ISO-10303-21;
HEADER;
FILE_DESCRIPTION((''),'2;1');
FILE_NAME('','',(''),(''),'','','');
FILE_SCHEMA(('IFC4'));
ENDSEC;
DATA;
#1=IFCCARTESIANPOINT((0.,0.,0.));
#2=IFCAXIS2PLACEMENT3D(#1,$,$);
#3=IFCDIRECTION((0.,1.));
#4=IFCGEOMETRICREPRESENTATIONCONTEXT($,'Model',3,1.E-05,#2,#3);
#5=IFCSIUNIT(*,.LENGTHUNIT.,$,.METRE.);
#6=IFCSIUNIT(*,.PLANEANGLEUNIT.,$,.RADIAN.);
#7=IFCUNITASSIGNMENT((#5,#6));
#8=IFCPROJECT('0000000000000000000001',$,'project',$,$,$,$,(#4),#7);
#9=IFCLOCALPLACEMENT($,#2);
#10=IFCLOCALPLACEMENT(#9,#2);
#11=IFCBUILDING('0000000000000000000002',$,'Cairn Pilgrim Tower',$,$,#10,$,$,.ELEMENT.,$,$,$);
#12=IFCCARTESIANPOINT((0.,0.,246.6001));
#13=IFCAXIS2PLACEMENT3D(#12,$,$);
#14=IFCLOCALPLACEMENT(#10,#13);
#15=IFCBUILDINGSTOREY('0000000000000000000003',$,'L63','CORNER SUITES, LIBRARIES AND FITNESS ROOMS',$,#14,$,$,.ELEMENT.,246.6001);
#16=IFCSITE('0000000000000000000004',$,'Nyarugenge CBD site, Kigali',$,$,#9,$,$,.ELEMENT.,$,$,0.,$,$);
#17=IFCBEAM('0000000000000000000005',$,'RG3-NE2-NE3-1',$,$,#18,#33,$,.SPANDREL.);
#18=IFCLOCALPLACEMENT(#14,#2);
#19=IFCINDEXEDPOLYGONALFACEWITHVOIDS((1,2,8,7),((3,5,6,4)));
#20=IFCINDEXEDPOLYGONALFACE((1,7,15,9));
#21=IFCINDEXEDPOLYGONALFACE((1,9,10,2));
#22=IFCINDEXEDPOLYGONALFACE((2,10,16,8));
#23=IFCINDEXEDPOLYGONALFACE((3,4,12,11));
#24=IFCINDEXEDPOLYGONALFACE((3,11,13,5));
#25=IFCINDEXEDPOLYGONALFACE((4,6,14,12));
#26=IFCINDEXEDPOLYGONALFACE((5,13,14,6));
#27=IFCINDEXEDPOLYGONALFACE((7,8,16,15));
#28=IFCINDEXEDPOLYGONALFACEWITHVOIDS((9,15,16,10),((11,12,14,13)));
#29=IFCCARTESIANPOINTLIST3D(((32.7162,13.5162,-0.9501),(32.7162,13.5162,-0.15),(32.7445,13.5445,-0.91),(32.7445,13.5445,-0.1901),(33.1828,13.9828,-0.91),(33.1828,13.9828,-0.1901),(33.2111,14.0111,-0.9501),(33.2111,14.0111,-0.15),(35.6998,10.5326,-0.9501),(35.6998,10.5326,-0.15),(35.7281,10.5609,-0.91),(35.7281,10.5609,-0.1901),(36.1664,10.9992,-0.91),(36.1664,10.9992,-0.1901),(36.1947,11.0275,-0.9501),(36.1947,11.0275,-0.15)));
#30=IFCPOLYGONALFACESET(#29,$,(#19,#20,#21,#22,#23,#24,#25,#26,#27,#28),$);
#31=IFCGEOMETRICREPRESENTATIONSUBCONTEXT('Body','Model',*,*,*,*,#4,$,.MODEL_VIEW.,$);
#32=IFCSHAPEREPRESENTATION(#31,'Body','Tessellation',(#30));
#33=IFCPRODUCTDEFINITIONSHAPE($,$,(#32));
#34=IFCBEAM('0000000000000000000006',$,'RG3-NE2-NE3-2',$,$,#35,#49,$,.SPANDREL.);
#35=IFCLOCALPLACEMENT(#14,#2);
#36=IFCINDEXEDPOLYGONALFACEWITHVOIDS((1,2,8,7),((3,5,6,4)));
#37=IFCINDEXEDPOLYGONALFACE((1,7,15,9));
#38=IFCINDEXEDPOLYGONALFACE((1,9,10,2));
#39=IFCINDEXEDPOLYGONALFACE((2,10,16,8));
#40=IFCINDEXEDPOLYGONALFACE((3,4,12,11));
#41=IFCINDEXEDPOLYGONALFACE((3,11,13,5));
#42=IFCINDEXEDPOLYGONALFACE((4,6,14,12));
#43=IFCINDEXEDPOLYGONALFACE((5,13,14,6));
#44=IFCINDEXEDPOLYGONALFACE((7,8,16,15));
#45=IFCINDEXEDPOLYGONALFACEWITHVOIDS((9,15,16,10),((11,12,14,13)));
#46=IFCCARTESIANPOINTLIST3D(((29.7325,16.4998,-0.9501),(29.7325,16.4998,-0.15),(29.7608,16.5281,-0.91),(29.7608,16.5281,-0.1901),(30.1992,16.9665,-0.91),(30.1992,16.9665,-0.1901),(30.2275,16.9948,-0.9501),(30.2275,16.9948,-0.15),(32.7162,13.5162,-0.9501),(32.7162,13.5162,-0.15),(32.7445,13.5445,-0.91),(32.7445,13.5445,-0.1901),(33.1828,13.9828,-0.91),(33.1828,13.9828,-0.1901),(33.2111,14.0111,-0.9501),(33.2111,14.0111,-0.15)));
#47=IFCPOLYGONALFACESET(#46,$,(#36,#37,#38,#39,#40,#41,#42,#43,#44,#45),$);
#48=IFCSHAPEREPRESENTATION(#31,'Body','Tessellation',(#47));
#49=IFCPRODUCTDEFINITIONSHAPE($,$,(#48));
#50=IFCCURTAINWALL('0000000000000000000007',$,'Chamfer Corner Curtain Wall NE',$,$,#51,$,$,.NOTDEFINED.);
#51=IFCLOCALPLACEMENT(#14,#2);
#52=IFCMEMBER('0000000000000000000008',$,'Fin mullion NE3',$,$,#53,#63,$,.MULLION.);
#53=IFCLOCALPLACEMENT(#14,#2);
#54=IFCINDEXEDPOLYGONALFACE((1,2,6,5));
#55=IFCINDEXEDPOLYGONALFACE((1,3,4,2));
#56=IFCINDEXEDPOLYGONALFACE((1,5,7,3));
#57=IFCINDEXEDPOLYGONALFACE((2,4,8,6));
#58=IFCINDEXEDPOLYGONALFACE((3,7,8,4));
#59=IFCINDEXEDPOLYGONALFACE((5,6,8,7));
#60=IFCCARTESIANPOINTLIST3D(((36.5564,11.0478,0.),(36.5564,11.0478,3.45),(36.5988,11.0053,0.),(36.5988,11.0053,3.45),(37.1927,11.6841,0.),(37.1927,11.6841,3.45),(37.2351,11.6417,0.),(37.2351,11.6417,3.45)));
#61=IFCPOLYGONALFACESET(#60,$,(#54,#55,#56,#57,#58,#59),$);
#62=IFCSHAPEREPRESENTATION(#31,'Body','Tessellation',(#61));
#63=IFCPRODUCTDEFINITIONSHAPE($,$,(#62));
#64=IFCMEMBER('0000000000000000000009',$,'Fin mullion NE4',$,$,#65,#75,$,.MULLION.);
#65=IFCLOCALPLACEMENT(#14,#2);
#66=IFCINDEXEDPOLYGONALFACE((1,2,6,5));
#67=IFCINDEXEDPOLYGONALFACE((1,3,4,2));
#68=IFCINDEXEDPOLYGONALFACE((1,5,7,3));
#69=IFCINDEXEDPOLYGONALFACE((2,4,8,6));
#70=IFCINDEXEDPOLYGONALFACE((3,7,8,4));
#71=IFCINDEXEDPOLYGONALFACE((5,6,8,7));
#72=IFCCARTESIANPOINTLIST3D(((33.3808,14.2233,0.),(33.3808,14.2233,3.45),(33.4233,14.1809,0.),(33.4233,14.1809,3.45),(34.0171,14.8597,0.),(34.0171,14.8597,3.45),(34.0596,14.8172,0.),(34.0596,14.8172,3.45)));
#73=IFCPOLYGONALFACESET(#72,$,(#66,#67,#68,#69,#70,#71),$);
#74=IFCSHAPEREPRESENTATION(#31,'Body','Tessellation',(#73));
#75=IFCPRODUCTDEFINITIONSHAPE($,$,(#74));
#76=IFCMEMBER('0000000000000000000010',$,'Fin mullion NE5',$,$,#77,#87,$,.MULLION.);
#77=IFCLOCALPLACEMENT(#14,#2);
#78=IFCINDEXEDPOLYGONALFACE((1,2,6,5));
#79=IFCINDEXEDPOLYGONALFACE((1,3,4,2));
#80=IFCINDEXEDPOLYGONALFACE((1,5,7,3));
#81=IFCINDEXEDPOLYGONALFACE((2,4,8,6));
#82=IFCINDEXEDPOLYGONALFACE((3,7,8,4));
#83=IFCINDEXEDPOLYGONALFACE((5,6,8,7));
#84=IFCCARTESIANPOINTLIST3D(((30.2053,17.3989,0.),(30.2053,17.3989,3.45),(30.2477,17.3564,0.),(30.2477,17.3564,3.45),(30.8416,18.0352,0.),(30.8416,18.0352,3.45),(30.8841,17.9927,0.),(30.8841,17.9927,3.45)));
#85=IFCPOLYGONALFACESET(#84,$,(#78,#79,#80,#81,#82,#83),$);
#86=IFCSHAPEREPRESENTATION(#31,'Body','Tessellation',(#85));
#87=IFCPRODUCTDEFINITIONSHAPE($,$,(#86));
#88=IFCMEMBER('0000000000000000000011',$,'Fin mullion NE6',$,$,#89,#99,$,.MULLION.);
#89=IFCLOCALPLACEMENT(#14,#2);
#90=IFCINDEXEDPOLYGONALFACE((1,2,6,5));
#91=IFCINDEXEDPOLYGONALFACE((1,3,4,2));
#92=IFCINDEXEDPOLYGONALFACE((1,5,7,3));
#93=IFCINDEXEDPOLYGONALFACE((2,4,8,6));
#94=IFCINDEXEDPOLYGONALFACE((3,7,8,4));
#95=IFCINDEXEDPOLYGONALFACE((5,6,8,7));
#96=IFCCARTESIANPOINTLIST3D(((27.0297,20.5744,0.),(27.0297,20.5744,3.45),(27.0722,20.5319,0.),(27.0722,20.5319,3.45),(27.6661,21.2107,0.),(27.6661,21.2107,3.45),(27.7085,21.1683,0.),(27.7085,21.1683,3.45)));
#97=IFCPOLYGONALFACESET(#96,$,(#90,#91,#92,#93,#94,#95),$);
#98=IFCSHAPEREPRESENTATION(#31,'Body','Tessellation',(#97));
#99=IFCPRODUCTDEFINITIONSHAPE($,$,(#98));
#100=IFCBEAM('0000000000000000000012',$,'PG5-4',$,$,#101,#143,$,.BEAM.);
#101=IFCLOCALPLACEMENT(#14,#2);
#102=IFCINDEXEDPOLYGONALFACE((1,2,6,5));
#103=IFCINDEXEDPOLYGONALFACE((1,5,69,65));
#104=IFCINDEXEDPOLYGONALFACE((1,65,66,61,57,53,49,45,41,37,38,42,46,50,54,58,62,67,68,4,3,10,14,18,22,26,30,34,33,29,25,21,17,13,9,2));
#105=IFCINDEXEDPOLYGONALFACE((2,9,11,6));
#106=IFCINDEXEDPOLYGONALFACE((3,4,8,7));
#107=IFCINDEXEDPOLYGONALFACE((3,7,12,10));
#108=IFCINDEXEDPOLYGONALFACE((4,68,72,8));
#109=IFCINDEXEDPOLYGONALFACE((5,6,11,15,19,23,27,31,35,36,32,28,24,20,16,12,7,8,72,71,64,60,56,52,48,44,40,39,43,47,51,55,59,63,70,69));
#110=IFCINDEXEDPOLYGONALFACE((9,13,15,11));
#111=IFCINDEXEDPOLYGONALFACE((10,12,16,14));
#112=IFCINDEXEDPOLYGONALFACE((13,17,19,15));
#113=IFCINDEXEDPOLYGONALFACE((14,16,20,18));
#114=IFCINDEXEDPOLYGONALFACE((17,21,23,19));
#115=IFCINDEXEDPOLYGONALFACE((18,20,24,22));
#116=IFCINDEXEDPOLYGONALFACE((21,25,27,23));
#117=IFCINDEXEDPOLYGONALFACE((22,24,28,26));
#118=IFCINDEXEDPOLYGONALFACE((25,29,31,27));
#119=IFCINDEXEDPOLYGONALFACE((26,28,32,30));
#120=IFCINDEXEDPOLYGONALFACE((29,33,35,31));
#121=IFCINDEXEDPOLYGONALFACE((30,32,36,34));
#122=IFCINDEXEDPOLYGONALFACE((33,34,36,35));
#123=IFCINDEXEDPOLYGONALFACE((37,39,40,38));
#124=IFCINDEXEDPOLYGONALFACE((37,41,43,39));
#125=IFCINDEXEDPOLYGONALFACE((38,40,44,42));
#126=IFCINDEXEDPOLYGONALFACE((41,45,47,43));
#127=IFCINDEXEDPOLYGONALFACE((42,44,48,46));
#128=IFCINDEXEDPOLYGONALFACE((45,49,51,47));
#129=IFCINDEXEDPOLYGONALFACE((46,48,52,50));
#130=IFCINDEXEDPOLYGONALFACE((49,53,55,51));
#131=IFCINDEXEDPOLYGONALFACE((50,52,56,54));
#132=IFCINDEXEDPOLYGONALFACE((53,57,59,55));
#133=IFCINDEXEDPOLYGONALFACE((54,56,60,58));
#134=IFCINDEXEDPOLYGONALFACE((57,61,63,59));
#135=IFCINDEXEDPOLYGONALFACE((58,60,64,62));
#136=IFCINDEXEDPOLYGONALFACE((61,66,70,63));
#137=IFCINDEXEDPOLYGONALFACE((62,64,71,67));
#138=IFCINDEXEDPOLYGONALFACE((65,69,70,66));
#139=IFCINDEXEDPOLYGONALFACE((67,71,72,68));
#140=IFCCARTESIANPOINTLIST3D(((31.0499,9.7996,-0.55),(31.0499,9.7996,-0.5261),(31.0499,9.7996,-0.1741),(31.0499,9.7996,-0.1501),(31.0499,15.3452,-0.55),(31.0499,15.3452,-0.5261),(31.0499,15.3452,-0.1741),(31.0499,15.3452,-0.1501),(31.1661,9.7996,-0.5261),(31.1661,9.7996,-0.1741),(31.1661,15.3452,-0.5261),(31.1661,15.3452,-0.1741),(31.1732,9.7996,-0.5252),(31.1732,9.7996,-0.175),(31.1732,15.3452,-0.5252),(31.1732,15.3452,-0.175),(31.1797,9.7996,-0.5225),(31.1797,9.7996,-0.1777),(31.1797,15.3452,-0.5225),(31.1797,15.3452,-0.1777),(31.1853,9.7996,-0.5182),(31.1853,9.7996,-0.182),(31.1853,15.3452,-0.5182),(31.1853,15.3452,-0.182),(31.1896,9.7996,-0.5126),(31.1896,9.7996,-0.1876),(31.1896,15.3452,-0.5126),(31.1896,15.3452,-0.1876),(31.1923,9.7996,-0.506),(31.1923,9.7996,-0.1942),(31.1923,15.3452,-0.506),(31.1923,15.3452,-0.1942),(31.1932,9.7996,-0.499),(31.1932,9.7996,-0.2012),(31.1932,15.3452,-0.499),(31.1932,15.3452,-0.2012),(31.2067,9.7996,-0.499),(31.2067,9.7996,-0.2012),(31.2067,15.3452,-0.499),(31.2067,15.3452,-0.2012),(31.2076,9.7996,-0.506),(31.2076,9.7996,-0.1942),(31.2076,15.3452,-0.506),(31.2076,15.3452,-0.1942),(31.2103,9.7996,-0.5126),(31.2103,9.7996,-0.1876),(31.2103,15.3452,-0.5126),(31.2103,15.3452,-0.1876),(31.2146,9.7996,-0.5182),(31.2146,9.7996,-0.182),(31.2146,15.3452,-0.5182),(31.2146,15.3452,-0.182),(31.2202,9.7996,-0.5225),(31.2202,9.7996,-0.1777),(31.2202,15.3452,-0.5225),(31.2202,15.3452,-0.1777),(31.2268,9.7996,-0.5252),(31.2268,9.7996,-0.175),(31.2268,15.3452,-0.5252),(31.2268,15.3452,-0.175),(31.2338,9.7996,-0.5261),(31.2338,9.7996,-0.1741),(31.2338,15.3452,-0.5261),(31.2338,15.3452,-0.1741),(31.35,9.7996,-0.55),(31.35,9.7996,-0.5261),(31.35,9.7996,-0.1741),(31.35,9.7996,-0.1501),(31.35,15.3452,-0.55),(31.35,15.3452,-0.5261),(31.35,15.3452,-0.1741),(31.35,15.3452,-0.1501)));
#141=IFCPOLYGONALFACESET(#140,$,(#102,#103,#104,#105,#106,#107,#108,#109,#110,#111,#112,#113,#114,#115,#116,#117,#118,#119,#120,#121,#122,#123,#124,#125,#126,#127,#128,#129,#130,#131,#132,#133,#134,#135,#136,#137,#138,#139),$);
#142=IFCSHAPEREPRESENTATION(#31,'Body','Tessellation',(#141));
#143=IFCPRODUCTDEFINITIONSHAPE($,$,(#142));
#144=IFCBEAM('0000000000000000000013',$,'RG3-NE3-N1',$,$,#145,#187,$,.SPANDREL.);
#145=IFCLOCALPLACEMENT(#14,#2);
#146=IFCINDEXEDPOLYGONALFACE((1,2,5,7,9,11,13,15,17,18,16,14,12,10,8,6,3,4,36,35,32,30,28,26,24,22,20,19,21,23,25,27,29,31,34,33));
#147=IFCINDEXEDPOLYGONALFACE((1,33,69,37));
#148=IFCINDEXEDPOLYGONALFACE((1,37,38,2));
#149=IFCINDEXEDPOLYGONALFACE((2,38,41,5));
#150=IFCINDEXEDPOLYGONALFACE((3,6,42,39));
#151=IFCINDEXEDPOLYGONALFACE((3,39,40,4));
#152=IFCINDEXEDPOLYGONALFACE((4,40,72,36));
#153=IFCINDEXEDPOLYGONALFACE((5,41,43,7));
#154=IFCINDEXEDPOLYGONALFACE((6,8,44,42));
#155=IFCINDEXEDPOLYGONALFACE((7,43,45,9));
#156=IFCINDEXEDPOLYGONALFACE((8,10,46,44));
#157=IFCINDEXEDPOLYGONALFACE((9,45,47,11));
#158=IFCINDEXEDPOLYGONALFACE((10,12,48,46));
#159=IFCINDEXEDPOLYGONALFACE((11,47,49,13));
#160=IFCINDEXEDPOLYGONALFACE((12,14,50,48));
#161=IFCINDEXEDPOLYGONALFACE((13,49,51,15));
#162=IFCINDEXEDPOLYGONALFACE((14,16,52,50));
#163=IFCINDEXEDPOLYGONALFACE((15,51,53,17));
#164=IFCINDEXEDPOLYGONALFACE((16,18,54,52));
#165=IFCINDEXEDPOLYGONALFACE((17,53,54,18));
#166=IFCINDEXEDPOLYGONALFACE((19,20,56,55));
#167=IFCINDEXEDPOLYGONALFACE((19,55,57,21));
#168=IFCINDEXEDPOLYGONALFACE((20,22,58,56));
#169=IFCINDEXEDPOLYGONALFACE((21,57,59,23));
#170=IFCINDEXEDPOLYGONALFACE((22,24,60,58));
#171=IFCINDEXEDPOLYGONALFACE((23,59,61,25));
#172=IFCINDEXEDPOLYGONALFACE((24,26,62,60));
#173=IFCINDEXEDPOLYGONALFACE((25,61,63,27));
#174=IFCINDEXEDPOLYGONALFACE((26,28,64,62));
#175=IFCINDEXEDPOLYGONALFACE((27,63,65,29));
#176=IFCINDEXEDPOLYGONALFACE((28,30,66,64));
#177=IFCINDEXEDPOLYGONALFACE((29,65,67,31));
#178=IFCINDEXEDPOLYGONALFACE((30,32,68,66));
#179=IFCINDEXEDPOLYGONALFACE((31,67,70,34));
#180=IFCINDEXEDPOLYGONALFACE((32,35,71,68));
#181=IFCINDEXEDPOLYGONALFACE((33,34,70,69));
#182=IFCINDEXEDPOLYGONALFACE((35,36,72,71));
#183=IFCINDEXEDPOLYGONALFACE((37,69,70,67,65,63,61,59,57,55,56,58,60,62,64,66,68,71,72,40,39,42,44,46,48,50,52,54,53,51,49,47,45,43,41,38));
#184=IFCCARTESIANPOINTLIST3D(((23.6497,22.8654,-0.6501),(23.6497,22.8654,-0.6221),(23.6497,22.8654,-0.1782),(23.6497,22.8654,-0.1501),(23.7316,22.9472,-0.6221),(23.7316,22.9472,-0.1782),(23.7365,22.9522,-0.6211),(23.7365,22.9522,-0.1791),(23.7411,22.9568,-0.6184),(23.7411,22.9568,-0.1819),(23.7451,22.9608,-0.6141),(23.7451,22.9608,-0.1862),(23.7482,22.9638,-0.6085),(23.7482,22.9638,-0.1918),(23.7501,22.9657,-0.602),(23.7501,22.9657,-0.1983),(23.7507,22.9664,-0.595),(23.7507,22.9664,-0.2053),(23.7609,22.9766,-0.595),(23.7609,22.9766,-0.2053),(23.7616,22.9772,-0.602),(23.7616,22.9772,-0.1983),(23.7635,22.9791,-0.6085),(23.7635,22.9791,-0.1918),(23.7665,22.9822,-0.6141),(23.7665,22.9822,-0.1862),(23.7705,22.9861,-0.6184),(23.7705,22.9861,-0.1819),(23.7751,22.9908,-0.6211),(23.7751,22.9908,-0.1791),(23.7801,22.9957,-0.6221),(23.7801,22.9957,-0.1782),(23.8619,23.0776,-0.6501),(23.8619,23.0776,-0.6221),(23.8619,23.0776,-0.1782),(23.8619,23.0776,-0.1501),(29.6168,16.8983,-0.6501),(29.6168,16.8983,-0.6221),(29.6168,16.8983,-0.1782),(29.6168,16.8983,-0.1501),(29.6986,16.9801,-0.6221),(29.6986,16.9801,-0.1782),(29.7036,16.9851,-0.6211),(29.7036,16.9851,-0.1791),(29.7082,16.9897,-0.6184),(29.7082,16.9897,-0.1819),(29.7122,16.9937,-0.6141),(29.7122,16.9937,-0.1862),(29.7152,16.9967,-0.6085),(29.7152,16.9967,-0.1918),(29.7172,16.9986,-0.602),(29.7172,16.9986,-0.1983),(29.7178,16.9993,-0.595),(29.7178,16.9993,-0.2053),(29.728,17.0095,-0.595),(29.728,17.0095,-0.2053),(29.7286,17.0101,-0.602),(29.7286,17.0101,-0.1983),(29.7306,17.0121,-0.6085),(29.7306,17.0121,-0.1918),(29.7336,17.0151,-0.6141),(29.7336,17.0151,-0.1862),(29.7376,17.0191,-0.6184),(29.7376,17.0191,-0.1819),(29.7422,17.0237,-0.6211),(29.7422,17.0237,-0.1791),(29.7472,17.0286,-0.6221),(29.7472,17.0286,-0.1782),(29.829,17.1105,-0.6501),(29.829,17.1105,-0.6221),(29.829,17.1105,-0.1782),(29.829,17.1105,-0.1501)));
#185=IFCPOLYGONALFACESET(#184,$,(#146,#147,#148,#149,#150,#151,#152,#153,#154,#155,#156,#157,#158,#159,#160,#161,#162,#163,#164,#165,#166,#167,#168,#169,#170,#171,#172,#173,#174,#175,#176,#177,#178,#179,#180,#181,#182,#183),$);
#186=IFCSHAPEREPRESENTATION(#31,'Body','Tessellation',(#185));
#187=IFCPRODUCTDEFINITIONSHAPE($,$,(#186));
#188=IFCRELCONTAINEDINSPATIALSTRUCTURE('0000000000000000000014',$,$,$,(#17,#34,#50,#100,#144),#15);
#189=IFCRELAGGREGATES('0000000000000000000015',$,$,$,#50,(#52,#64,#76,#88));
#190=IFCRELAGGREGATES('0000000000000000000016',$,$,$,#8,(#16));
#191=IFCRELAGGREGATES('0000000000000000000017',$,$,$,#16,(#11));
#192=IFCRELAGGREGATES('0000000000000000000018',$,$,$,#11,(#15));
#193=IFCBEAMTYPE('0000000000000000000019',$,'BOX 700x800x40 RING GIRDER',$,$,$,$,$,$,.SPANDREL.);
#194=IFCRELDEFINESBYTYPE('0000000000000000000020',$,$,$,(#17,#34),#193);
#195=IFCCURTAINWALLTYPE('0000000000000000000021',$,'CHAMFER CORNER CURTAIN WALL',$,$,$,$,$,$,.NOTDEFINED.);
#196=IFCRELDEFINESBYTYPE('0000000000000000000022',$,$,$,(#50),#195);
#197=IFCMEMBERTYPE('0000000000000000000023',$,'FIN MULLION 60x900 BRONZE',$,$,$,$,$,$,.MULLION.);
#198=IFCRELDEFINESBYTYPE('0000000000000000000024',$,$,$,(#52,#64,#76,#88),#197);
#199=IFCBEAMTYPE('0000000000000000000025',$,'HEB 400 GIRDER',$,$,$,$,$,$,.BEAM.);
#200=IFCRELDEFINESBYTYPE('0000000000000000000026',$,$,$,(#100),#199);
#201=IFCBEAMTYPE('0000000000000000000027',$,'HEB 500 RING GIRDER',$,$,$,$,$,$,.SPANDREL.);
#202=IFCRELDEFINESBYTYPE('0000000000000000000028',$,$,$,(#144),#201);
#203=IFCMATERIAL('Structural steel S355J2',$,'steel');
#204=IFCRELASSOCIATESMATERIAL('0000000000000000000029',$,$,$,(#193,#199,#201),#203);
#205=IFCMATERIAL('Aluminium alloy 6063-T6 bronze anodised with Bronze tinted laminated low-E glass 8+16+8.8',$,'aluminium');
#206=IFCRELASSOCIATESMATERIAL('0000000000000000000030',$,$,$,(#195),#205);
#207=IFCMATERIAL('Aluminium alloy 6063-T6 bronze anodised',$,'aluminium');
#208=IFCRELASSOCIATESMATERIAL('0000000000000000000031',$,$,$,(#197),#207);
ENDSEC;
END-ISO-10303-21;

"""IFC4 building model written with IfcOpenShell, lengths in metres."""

from ifc_helpers import new_model, si_unit, direction, frame, origin, origin_2d, place, context, subcontext, project, spatial, rectangle, hollow_rectangle, i_section, extrude, material, material_profile, profile_set, type_object, element, aggregate, save


model = new_model("IFC4")

# Units and contexts
model_context = context("Model", 3, precision=1e-05, world=origin(), true_north=direction((0.0, 1.0)))
body_context = subcontext(model_context, "Body", "Model", "MODEL_VIEW")
ifc_project = project(units=[si_unit("LENGTHUNIT", "METRE"), si_unit("PLANEANGLEUNIT", "RADIAN")], contexts=[model_context])

# Site, building, storey
site_placement = place(None, origin())
site = spatial("IfcSite", under=ifc_project, at=site_placement, Name="Nyarugenge CBD site, Kigali", CompositionType="ELEMENT", RefElevation=0.0)
building_placement = place(site_placement, origin())
building = spatial("IfcBuilding", under=site, at=building_placement, Name="Cairn Pilgrim Tower", CompositionType="ELEMENT")
storey_placement = place(building_placement, frame((0.0, 0.0, 246.6001)))
storey = spatial("IfcBuildingStorey", under=building, at=storey_placement, Name="L63", Description="CORNER SUITES, LIBRARIES AND FITNESS ROOMS", CompositionType="ELEMENT", Elevation=246.6001)

# Shared definitions
ifc_material_1 = material(Name="Structural steel S355J2", Category="steel")

# Beams
ifc_material_profile_1 = material_profile(ifc_material_1, hollow_rectangle(XDim=0.7, YDim=0.8, WallThickness=0.04, at=origin_2d()), Name="BOX 700x800x40")
ifc_profile_set_1 = profile_set([ifc_material_profile_1], Name="Structural steel S355J2")
beam_type_1 = type_object("IfcBeamType", Name="BOX 700x800x40 RING GIRDER", PredefinedType="SPANDREL", material=ifc_profile_set_1)
for number, where, z_axis, x_axis, name in (
    (1, (35.9473, 10.78, -0.55), (-0.707107, 0.707107, 0.0), (-0.707107, -0.707107, 0.0), "RG3-NE2-NE3-1"),
    (2, (32.9636, 13.7637, -0.55), (-0.707107, 0.707107, 0.0), (-0.707107, -0.707107, 0.0), "RG3-NE2-NE3-2"),
):
    element("IfcBeam", number, at=place(storey_placement, frame(where, z_axis=z_axis, x_axis=x_axis)), inside=storey, type_object=beam_type_1, Name=name, PredefinedType="SPANDREL", context=body_context, shape_type="SweptSolid", body=[
        extrude(hollow_rectangle(XDim=0.7, YDim=0.8, WallThickness=0.04, at=origin_2d()), origin(), (0.0, 0.0, 1.0), 4.2195),
    ])

# Curtain wall, members
ifc_material_2 = material(Name="Aluminium alloy 6063-T6 bronze anodised with Bronze tinted laminated low-E glass 8+16+8.8", Category="aluminium")
curtain_wall_type = type_object("IfcCurtainWallType", Name="CHAMFER CORNER CURTAIN WALL", PredefinedType="NOTDEFINED", material=ifc_material_2)
curtain_wall_placement = place(storey_placement, origin())
curtain_wall = element("IfcCurtainWall", 3, at=curtain_wall_placement, inside=storey, type_object=curtain_wall_type, Name="Chamfer Corner Curtain Wall NE", PredefinedType="NOTDEFINED")
ifc_material_3 = material(Name="Aluminium alloy 6063-T6 bronze anodised", Category="aluminium")
ifc_material_profile_2 = material_profile(ifc_material_3, rectangle(XDim=0.8999, YDim=0.0601, at=origin_2d()), Name="FIN MULLION 60x900 BRONZE")
ifc_profile_set_2 = profile_set([ifc_material_profile_2], Name="Aluminium alloy 6063-T6 bronze anodised")
member_type_1 = type_object("IfcMemberType", Name="FIN MULLION 60x900 BRONZE", PredefinedType="MULLION", material=ifc_profile_set_2)
member_1_placement = place(storey_placement, frame((36.8958, 11.3447, 0.0), z_axis=(0.0, 0.0, 1.0), x_axis=(0.707107, 0.707107, 0.0)))
member_1 = element("IfcMember", 4, at=member_1_placement, type_object=member_type_1, Name="Fin mullion NE3", PredefinedType="MULLION", context=body_context, shape_type="SweptSolid", body=[
    extrude(rectangle(XDim=0.8999, YDim=0.0601, at=origin_2d()), origin(), (0.0, 0.0, 1.0), 3.45),
])
member_2_placement = place(storey_placement, frame((33.7202, 14.5203, 0.0), z_axis=(0.0, 0.0, 1.0), x_axis=(0.707107, 0.707107, 0.0)))
member_2 = element("IfcMember", 5, at=member_2_placement, type_object=member_type_1, Name="Fin mullion NE4", PredefinedType="MULLION", context=body_context, shape_type="SweptSolid", body=[
    extrude(rectangle(XDim=0.8999, YDim=0.0601, at=origin_2d()), origin(), (0.0, 0.0, 1.0), 3.45),
])
member_3_placement = place(storey_placement, frame((30.5447, 17.6958, 0.0), z_axis=(0.0, 0.0, 1.0), x_axis=(0.707107, 0.707107, 0.0)))
member_3 = element("IfcMember", 6, at=member_3_placement, type_object=member_type_1, Name="Fin mullion NE5", PredefinedType="MULLION", context=body_context, shape_type="SweptSolid", body=[
    extrude(rectangle(XDim=0.8999, YDim=0.0601, at=origin_2d()), origin(), (0.0, 0.0, 1.0), 3.45),
])
member_4_placement = place(storey_placement, frame((27.3691, 20.8713, 0.0), z_axis=(0.0, 0.0, 1.0), x_axis=(0.707107, 0.707107, 0.0)))
member_4 = element("IfcMember", 7, at=member_4_placement, type_object=member_type_1, Name="Fin mullion NE6", PredefinedType="MULLION", context=body_context, shape_type="SweptSolid", body=[
    extrude(rectangle(XDim=0.8999, YDim=0.0601, at=origin_2d()), origin(), (0.0, 0.0, 1.0), 3.45),
])

# Beams
ifc_material_profile_3 = material_profile(ifc_material_1, i_section(OverallWidth=0.3, OverallDepth=0.3999, WebThickness=0.0134, FlangeThickness=0.0239, FilletRadius=0.0271, at=origin_2d()), Name="HEB 400")
ifc_profile_set_3 = profile_set([ifc_material_profile_3], Name="Structural steel S355J2")
beam_type_2 = type_object("IfcBeamType", Name="HEB 400 GIRDER", PredefinedType="BEAM", material=ifc_profile_set_3)
beam_1_placement = place(storey_placement, frame((31.2, 9.7996, -0.3501), z_axis=(0.0, 1.0, 0.0), x_axis=(-1.0, 0.0, 0.0)))
element("IfcBeam", 8, at=beam_1_placement, inside=storey, type_object=beam_type_2, Name="PG5-4", PredefinedType="BEAM", context=body_context, shape_type="SweptSolid", body=[
    extrude(i_section(OverallWidth=0.3, OverallDepth=0.3999, WebThickness=0.0134, FlangeThickness=0.0239, FilletRadius=0.0271, at=origin_2d()), origin(), (0.0, 0.0, 1.0), 5.5457),
])
ifc_material_profile_4 = material_profile(ifc_material_1, i_section(OverallWidth=0.3, OverallDepth=0.5, WebThickness=0.0144, FlangeThickness=0.0281, FilletRadius=0.0271, at=origin_2d()), Name="HEB 500")
ifc_profile_set_4 = profile_set([ifc_material_profile_4], Name="Structural steel S355J2")
beam_type_3 = type_object("IfcBeamType", Name="HEB 500 RING GIRDER", PredefinedType="SPANDREL", material=ifc_profile_set_4)
beam_2_placement = place(storey_placement, frame((29.7229, 17.0044, -0.4001), z_axis=(-0.707107, 0.707107, 0.0), x_axis=(-0.707107, -0.707107, 0.0)))
element("IfcBeam", 9, at=beam_2_placement, inside=storey, type_object=beam_type_3, Name="RG3-NE3-N1", PredefinedType="SPANDREL", context=body_context, shape_type="SweptSolid", body=[
    extrude(i_section(OverallWidth=0.3, OverallDepth=0.5, WebThickness=0.0144, FlangeThickness=0.0281, FilletRadius=0.0271, at=origin_2d()), origin(), (0.0, 0.0, 1.0), 8.4387),
])

aggregate(curtain_wall, [member_1, member_2, member_3, member_4])

save(model, "model.ifc")
